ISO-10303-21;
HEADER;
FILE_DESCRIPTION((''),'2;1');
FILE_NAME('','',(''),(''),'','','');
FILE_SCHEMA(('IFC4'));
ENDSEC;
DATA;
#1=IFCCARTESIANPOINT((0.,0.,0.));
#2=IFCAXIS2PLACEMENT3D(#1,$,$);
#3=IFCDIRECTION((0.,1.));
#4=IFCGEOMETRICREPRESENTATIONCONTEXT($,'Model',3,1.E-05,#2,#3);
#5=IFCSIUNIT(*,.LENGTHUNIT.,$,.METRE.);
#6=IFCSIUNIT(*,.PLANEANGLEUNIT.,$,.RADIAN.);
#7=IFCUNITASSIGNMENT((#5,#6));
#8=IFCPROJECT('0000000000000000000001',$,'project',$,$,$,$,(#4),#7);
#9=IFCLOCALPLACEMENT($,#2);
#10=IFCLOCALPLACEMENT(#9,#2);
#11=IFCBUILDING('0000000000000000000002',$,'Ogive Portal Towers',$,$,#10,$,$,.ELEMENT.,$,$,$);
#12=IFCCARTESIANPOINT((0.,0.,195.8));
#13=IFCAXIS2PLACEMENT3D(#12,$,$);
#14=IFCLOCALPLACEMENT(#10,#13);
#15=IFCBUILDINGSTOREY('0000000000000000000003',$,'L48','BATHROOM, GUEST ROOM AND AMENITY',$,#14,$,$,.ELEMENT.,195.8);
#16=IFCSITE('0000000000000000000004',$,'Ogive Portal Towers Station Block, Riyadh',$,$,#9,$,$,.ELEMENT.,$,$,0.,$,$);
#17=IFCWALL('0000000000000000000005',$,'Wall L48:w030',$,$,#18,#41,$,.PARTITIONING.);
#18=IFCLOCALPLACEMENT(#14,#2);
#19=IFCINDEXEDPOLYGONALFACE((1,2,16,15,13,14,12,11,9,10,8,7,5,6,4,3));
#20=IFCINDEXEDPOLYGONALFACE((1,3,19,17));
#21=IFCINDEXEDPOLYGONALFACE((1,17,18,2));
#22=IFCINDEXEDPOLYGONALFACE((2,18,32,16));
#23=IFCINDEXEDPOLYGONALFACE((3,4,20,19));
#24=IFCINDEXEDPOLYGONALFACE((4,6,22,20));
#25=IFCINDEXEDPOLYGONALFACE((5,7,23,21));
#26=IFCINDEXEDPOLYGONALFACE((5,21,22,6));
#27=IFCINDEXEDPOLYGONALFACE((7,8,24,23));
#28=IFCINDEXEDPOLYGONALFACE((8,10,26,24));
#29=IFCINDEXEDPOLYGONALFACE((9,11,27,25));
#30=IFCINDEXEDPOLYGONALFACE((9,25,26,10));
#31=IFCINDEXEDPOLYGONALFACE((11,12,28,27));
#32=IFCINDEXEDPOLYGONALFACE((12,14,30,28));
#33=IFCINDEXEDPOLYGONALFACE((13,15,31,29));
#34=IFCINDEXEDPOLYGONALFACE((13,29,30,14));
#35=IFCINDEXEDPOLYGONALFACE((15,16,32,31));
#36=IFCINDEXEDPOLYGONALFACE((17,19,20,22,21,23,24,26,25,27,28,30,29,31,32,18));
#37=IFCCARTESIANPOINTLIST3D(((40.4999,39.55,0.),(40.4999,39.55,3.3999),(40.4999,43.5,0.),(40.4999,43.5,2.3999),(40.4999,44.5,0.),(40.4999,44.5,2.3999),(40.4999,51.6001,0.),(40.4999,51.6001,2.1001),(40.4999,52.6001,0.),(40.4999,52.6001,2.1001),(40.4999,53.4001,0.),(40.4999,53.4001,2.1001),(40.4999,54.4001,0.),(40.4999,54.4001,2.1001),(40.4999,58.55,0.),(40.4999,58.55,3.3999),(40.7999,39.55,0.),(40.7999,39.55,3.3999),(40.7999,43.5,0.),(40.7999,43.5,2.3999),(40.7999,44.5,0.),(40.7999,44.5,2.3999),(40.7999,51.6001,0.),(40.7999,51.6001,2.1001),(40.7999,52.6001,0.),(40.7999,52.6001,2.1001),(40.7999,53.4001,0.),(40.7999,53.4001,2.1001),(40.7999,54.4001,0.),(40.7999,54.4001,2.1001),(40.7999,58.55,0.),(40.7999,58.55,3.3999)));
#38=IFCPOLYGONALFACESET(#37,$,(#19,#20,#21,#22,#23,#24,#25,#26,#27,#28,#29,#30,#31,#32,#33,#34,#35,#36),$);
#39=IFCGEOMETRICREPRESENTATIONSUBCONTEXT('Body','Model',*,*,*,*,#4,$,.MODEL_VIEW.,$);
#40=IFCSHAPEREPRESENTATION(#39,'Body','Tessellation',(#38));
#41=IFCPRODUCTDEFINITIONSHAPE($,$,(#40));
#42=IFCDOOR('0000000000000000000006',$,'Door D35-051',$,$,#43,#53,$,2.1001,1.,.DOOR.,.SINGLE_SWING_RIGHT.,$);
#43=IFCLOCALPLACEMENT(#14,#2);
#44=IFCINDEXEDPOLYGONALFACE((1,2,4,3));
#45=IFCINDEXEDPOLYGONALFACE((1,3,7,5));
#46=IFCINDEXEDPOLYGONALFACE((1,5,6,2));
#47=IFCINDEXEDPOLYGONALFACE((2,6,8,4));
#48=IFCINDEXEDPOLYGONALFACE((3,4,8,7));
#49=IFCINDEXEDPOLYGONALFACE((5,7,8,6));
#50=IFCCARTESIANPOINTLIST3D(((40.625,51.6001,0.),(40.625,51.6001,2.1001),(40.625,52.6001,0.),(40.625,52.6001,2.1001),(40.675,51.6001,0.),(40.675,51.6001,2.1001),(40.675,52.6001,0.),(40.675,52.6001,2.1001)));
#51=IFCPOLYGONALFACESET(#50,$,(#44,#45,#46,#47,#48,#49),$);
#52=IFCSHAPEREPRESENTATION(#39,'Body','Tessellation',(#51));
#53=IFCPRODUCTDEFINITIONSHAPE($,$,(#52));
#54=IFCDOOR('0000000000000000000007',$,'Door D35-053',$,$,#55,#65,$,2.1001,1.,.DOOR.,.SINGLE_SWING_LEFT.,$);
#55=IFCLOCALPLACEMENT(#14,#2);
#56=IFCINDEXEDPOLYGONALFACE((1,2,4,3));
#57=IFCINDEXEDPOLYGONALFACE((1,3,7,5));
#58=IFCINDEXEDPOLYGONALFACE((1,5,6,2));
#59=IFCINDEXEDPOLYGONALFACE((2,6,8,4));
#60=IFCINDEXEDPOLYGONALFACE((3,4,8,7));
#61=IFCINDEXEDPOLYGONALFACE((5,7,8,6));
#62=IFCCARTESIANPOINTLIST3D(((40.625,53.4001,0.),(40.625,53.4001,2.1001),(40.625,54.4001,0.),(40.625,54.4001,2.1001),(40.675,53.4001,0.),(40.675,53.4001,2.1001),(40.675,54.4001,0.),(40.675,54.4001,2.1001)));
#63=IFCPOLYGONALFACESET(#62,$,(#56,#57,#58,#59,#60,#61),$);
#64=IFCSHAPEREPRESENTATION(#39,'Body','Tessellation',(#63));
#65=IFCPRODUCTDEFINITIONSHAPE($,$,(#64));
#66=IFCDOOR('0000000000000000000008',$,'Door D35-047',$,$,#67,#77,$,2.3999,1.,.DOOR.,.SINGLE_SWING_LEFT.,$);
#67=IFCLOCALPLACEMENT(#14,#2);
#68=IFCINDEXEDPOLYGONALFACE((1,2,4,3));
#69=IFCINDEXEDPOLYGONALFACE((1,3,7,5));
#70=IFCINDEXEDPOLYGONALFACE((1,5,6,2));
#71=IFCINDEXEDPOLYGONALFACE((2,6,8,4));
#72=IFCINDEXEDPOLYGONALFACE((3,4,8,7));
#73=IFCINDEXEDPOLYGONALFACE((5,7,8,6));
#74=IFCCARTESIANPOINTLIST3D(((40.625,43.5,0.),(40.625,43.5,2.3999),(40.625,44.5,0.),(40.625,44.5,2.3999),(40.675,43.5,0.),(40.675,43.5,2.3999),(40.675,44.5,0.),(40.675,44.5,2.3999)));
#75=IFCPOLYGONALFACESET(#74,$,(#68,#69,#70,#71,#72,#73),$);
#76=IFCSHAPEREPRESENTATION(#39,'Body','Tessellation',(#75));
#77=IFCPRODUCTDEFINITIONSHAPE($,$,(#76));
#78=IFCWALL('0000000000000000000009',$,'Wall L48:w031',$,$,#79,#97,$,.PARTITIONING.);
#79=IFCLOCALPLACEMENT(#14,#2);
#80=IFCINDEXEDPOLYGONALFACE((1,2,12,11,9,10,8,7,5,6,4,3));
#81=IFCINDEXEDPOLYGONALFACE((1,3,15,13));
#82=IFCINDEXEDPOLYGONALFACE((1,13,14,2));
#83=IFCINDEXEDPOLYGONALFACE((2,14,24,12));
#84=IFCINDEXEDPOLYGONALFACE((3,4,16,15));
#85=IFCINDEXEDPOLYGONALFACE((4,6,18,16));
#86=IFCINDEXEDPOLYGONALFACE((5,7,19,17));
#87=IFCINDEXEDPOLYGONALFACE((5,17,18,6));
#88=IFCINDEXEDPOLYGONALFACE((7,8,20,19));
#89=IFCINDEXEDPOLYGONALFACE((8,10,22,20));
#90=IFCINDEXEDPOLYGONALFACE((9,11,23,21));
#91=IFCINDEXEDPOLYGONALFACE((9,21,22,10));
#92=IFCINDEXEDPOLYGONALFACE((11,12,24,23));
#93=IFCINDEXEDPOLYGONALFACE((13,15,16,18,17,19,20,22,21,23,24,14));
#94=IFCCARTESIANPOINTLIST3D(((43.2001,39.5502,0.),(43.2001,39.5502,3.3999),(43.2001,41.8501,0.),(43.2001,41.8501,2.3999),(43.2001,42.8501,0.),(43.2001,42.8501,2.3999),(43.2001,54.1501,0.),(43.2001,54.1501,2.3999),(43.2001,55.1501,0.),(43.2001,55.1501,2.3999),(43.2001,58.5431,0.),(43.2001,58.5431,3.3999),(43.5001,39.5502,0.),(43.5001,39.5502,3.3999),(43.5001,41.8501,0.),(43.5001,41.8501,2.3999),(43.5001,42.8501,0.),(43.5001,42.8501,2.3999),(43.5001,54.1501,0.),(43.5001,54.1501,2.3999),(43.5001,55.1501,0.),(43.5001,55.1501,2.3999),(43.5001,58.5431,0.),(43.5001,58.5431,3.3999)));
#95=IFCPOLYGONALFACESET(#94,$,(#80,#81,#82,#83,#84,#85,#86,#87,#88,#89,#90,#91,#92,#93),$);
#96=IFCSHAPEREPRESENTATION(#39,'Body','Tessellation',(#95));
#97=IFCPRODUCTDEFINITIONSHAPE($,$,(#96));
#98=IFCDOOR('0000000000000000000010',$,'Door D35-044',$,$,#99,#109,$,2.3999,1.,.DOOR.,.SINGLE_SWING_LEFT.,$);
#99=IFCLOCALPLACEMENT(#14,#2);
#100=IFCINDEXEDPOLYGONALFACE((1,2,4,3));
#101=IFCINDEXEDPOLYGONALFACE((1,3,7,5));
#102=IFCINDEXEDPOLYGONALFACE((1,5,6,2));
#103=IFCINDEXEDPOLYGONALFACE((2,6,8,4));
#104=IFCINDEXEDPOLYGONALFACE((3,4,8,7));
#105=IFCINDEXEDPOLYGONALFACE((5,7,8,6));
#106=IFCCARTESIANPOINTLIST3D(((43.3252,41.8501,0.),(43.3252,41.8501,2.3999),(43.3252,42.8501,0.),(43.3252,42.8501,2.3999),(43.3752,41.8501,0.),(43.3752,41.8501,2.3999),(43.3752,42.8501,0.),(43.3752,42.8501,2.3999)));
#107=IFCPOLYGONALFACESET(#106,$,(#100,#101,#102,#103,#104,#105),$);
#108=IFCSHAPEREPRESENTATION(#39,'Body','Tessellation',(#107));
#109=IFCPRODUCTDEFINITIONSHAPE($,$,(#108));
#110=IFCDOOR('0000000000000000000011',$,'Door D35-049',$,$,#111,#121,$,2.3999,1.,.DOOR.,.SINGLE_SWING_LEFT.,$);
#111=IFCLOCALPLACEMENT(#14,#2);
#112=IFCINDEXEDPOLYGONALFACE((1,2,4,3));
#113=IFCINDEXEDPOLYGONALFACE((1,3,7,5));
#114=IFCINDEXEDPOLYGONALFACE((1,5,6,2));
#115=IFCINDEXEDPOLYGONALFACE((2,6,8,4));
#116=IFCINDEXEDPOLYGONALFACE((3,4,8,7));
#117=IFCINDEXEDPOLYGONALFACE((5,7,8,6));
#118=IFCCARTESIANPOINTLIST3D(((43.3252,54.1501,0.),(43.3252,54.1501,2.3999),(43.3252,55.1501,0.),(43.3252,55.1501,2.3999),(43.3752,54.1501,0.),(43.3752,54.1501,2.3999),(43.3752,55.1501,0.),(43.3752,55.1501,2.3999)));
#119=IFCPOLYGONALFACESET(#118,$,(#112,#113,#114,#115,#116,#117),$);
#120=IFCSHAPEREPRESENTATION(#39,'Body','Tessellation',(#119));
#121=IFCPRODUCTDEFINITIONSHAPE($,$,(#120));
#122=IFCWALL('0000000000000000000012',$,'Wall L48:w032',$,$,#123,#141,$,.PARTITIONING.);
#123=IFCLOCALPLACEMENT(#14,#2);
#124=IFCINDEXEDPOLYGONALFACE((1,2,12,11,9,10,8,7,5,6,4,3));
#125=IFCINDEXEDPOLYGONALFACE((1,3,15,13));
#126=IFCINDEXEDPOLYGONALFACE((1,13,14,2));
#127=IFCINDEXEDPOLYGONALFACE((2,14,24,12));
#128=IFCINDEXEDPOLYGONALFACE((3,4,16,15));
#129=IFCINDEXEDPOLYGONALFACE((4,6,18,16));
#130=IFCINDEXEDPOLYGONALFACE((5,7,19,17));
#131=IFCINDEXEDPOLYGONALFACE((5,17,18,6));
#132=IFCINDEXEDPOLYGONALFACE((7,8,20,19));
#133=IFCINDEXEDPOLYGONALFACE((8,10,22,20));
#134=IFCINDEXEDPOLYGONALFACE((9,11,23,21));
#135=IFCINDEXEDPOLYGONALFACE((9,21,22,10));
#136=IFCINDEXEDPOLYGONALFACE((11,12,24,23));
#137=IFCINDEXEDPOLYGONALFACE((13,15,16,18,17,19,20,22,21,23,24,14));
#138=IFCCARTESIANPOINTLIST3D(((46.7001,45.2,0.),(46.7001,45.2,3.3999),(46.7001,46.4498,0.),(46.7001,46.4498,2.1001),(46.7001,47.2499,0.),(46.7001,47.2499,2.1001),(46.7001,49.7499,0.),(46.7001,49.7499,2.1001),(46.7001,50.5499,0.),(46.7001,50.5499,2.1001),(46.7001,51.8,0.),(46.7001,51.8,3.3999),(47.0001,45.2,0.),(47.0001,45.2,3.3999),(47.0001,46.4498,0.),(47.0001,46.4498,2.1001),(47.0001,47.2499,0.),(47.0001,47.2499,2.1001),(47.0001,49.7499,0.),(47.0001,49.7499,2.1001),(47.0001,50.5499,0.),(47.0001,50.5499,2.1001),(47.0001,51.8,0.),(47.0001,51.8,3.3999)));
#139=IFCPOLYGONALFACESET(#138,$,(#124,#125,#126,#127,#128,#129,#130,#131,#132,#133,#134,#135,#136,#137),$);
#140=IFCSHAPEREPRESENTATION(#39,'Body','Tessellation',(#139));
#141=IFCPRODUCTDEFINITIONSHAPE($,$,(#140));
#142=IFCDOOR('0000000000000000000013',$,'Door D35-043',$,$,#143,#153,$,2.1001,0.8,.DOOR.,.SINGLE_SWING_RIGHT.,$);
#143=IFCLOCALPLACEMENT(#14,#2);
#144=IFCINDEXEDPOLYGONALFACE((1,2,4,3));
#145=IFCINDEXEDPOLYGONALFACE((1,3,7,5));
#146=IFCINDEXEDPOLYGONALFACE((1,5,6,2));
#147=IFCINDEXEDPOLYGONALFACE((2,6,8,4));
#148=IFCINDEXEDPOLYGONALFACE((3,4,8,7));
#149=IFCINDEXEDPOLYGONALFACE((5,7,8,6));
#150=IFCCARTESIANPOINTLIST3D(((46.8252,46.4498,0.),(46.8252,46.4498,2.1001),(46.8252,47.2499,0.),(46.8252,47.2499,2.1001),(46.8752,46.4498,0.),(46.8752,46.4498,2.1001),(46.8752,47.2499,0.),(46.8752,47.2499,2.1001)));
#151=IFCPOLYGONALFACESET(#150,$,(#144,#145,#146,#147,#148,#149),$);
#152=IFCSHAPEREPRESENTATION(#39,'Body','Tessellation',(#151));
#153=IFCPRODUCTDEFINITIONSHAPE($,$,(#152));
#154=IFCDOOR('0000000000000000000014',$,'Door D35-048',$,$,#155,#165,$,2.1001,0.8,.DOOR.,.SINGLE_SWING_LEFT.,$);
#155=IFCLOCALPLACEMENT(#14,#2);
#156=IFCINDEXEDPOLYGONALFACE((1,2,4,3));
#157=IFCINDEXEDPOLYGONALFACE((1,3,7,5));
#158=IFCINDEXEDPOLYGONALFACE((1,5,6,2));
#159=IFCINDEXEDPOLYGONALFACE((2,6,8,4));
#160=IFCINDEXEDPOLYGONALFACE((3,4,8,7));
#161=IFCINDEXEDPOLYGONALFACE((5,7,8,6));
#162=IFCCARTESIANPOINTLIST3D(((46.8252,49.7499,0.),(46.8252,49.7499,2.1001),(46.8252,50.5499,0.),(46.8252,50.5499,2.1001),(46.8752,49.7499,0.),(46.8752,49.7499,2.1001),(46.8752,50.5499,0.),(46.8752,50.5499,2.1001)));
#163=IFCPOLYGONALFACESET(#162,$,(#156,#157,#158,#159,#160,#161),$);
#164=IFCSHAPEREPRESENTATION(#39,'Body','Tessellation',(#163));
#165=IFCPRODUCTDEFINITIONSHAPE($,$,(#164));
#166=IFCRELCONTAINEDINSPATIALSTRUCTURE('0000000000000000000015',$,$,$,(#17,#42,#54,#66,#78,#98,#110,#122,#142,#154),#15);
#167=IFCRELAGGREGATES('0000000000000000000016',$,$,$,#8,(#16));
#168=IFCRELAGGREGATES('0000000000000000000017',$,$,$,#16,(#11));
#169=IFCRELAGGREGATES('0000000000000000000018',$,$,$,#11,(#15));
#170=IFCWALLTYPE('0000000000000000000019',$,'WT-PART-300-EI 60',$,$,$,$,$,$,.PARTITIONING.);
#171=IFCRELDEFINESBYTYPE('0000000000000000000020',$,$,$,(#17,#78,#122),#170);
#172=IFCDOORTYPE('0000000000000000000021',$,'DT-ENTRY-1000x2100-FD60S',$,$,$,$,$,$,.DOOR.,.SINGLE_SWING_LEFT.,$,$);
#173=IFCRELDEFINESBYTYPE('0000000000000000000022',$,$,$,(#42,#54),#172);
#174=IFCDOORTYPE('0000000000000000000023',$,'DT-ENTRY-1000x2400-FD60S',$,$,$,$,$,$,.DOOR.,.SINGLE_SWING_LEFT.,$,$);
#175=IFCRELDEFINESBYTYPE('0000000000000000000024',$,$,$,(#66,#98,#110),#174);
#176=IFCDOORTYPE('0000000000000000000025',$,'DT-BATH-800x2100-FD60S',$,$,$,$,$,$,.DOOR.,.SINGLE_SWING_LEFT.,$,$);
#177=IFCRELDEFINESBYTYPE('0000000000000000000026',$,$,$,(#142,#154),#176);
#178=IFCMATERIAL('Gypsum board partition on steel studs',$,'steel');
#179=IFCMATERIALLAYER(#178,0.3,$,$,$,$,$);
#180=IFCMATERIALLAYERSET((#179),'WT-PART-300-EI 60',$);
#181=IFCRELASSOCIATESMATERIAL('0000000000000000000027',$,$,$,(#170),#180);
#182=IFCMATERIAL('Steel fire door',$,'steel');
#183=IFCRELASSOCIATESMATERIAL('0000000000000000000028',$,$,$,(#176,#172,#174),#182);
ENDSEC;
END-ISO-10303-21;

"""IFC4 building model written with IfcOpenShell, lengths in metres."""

from ifc_helpers import new_model, si_unit, direction, frame, frame_2d, origin, place, context, subcontext, project, spatial, rectangle, extrude, material, layer, layer_set, type_object, element, fill, save


model = new_model("IFC4")

# Units and contexts
model_context = context("Model", 3, precision=1e-05, world=origin(), true_north=direction((0.0, 1.0)))
body_context = subcontext(model_context, "Body", "Model", "MODEL_VIEW")
ifc_project = project(units=[si_unit("LENGTHUNIT", "METRE"), si_unit("PLANEANGLEUNIT", "RADIAN")], contexts=[model_context])

# Site, building, storey
site_placement = place(None, origin())
site = spatial("IfcSite", under=ifc_project, at=site_placement, Name="Ogive Portal Towers Station Block, Riyadh", CompositionType="ELEMENT", RefElevation=0.0)
building_placement = place(site_placement, origin())
building = spatial("IfcBuilding", under=site, at=building_placement, Name="Ogive Portal Towers", CompositionType="ELEMENT")
storey_placement = place(building_placement, frame((0.0, 0.0, 195.8)))
storey = spatial("IfcBuildingStorey", under=building, at=storey_placement, Name="L48", Description="BATHROOM, GUEST ROOM AND AMENITY", CompositionType="ELEMENT", Elevation=195.8)

# Shared definitions
ifc_material_1 = material(Name="Steel fire door", Category="steel")

# Shared definitions
ifc_material_2 = material(Name="Gypsum board partition on steel studs", Category="steel")
ifc_layer_1 = layer(ifc_material_2, 0.3)
ifc_layer_set_1 = layer_set([ifc_layer_1], Name="WT-PART-300-EI 60")
wall_type_1 = type_object("IfcWallType", Name="WT-PART-300-EI 60", PredefinedType="PARTITIONING", material=ifc_layer_set_1)

# Shared definitions
door_type_1 = type_object("IfcDoorType", Name="DT-BATH-800x2100-FD60S", OperationType="SINGLE_SWING_LEFT", PredefinedType="DOOR", material=ifc_material_1)

# Walls, openings, doors
wall_1_placement = place(storey_placement, frame((40.6499, 39.55, 0.0), z_axis=(0.0, 0.0, 1.0), x_axis=(0.0, 1.0, 0.0)))
wall_1 = element("IfcWall", 1, at=wall_1_placement, inside=storey, type_object=wall_type_1, Name="Wall L48:w030", PredefinedType="PARTITIONING", context=body_context, shape_type="SweptSolid", body=[
    extrude(rectangle(XDim=19.0, YDim=0.3, at=frame_2d((9.5, 0.0))), origin(), (0.0, 0.0, 1.0), 3.3999),
])
opening_1_placement = place(wall_1_placement, frame((3.95, 0.0, 0.0)))
opening_1 = element("IfcOpeningElement", 2, at=opening_1_placement, cuts=wall_1, PredefinedType="OPENING", context=body_context, shape_type="SweptSolid", body=[
    extrude(rectangle(XDim=1.0, YDim=2.3999, at=frame_2d((0.5, 1.2))), frame((0.0, 0.1602, 0.0), z_axis=(0.0, -1.0, 0.0), x_axis=(1.0, 0.0, 0.0)), (0.0, 0.0, 1.0), 0.3201),
])
opening_2_placement = place(wall_1_placement, frame((12.05, 0.0, 0.0)))
opening_2 = element("IfcOpeningElement", 3, at=opening_2_placement, cuts=wall_1, PredefinedType="OPENING", context=body_context, shape_type="SweptSolid", body=[
    extrude(rectangle(XDim=1.0, YDim=2.1001, at=frame_2d((0.5, 1.05))), frame((0.0, 0.1602, 0.0), z_axis=(0.0, -1.0, 0.0), x_axis=(1.0, 0.0, 0.0)), (0.0, 0.0, 1.0), 0.3201),
])
opening_3_placement = place(wall_1_placement, frame((13.8501, 0.0, 0.0)))
opening_3 = element("IfcOpeningElement", 4, at=opening_3_placement, cuts=wall_1, PredefinedType="OPENING", context=body_context, shape_type="SweptSolid", body=[
    extrude(rectangle(XDim=1.0, YDim=2.1001, at=frame_2d((0.5, 1.05))), frame((0.0, 0.1602, 0.0), z_axis=(0.0, -1.0, 0.0), x_axis=(1.0, 0.0, 0.0)), (0.0, 0.0, 1.0), 0.3201),
])
door_type_2 = type_object("IfcDoorType", Name="DT-ENTRY-1000x2100-FD60S", OperationType="SINGLE_SWING_LEFT", PredefinedType="DOOR", material=ifc_material_1)
door_1_placement = place(opening_2_placement, origin())
door_1 = element("IfcDoor", 5, at=door_1_placement, inside=storey, type_object=door_type_2, Name="Door D35-051", OperationType="SINGLE_SWING_RIGHT", OverallHeight=2.1001, OverallWidth=1.0, PredefinedType="DOOR", context=body_context, shape_type="SweptSolid", body=[
    extrude(rectangle(XDim=1.0, YDim=2.1001, at=frame_2d((0.5, 1.05))), frame((0.0, 0.0249, 0.0), z_axis=(0.0, -1.0, 0.0), x_axis=(1.0, 0.0, 0.0)), (0.0, 0.0, 1.0), 0.05),
])
fill(opening_2, door_1)
door_2_placement = place(opening_3_placement, origin())
door_2 = element("IfcDoor", 6, at=door_2_placement, inside=storey, type_object=door_type_2, Name="Door D35-053", OperationType="SINGLE_SWING_LEFT", OverallHeight=2.1001, OverallWidth=1.0, PredefinedType="DOOR", context=body_context, shape_type="SweptSolid", body=[
    extrude(rectangle(XDim=1.0, YDim=2.1001, at=frame_2d((0.5, 1.05))), frame((0.0, 0.0249, 0.0), z_axis=(0.0, -1.0, 0.0), x_axis=(1.0, 0.0, 0.0)), (0.0, 0.0, 1.0), 0.05),
])
fill(opening_3, door_2)
door_type_3 = type_object("IfcDoorType", Name="DT-ENTRY-1000x2400-FD60S", OperationType="SINGLE_SWING_LEFT", PredefinedType="DOOR", material=ifc_material_1)
door_3_placement = place(opening_1_placement, origin())
door_3 = element("IfcDoor", 7, at=door_3_placement, inside=storey, type_object=door_type_3, Name="Door D35-047", OperationType="SINGLE_SWING_LEFT", OverallHeight=2.3999, OverallWidth=1.0, PredefinedType="DOOR", context=body_context, shape_type="SweptSolid", body=[
    extrude(rectangle(XDim=1.0, YDim=2.3999, at=frame_2d((0.5, 1.2))), frame((0.0, 0.0249, 0.0), z_axis=(0.0, -1.0, 0.0), x_axis=(1.0, 0.0, 0.0)), (0.0, 0.0, 1.0), 0.05),
])
fill(opening_1, door_3)
wall_2_placement = place(storey_placement, frame((43.3501, 39.55, 0.0), z_axis=(0.0, 0.0, 1.0), x_axis=(0.0, 1.0, 0.0)))
wall_2 = element("IfcWall", 8, at=wall_2_placement, inside=storey, type_object=wall_type_1, Name="Wall L48:w031", PredefinedType="PARTITIONING", context=body_context, shape_type="SweptSolid", body=[
    extrude(rectangle(XDim=18.9929, YDim=0.3, at=frame_2d((9.4966, 0.0))), origin(), (0.0, 0.0, 1.0), 3.3999),
])
opening_4_placement = place(wall_2_placement, frame((2.3, 0.0, 0.0)))
opening_4 = element("IfcOpeningElement", 9, at=opening_4_placement, cuts=wall_2, PredefinedType="OPENING", context=body_context, shape_type="SweptSolid", body=[
    extrude(rectangle(XDim=1.0, YDim=2.3999, at=frame_2d((0.5, 1.2))), frame((0.0, 0.1602, 0.0), z_axis=(0.0, -1.0, 0.0), x_axis=(1.0, 0.0, 0.0)), (0.0, 0.0, 1.0), 0.3201),
])
opening_5_placement = place(wall_2_placement, frame((14.6001, 0.0, 0.0)))
opening_5 = element("IfcOpeningElement", 10, at=opening_5_placement, cuts=wall_2, PredefinedType="OPENING", context=body_context, shape_type="SweptSolid", body=[
    extrude(rectangle(XDim=1.0, YDim=2.3999, at=frame_2d((0.5, 1.2))), frame((0.0, 0.1602, 0.0), z_axis=(0.0, -1.0, 0.0), x_axis=(1.0, 0.0, 0.0)), (0.0, 0.0, 1.0), 0.3201),
])
door_4_placement = place(opening_4_placement, origin())
door_4 = element("IfcDoor", 11, at=door_4_placement, inside=storey, type_object=door_type_3, Name="Door D35-044", OperationType="SINGLE_SWING_LEFT", OverallHeight=2.3999, OverallWidth=1.0, PredefinedType="DOOR", context=body_context, shape_type="SweptSolid", body=[
    extrude(rectangle(XDim=1.0, YDim=2.3999, at=frame_2d((0.5, 1.2))), frame((0.0, 0.0249, 0.0), z_axis=(0.0, -1.0, 0.0), x_axis=(1.0, 0.0, 0.0)), (0.0, 0.0, 1.0), 0.05),
])
fill(opening_4, door_4)
door_5_placement = place(opening_5_placement, origin())
door_5 = element("IfcDoor", 12, at=door_5_placement, inside=storey, type_object=door_type_3, Name="Door D35-049", OperationType="SINGLE_SWING_LEFT", OverallHeight=2.3999, OverallWidth=1.0, PredefinedType="DOOR", context=body_context, shape_type="SweptSolid", body=[
    extrude(rectangle(XDim=1.0, YDim=2.3999, at=frame_2d((0.5, 1.2))), frame((0.0, 0.0249, 0.0), z_axis=(0.0, -1.0, 0.0), x_axis=(1.0, 0.0, 0.0)), (0.0, 0.0, 1.0), 0.05),
])
fill(opening_5, door_5)
wall_3_placement = place(storey_placement, frame((46.8501, 45.2, 0.0), z_axis=(0.0, 0.0, 1.0), x_axis=(0.0, 1.0, 0.0)))
wall_3 = element("IfcWall", 13, at=wall_3_placement, inside=storey, type_object=wall_type_1, Name="Wall L48:w032", PredefinedType="PARTITIONING", context=body_context, shape_type="SweptSolid", body=[
    extrude(rectangle(XDim=6.6001, YDim=0.3, at=frame_2d((3.3, 0.0))), origin(), (0.0, 0.0, 1.0), 3.3999),
])
opening_6_placement = place(wall_3_placement, frame((1.25, 0.0, 0.0)))
opening_6 = element("IfcOpeningElement", 14, at=opening_6_placement, cuts=wall_3, PredefinedType="OPENING", context=body_context, shape_type="SweptSolid", body=[
    extrude(rectangle(XDim=0.8, YDim=2.1001, at=frame_2d((0.3999, 1.05))), frame((0.0, 0.1602, 0.0), z_axis=(0.0, -1.0, 0.0), x_axis=(1.0, 0.0, 0.0)), (0.0, 0.0, 1.0), 0.3201),
])
opening_7_placement = place(wall_3_placement, frame((4.55, 0.0, 0.0)))
opening_7 = element("IfcOpeningElement", 15, at=opening_7_placement, cuts=wall_3, PredefinedType="OPENING", context=body_context, shape_type="SweptSolid", body=[
    extrude(rectangle(XDim=0.8, YDim=2.1001, at=frame_2d((0.3999, 1.05))), frame((0.0, 0.1602, 0.0), z_axis=(0.0, -1.0, 0.0), x_axis=(1.0, 0.0, 0.0)), (0.0, 0.0, 1.0), 0.3201),
])
door_6_placement = place(opening_6_placement, origin())
door_6 = element("IfcDoor", 16, at=door_6_placement, inside=storey, type_object=door_type_1, Name="Door D35-043", OperationType="SINGLE_SWING_RIGHT", OverallHeight=2.1001, OverallWidth=0.8, PredefinedType="DOOR", context=body_context, shape_type="SweptSolid", body=[
    extrude(rectangle(XDim=0.8, YDim=2.1001, at=frame_2d((0.3999, 1.05))), frame((0.0, 0.0249, 0.0), z_axis=(0.0, -1.0, 0.0), x_axis=(1.0, 0.0, 0.0)), (0.0, 0.0, 1.0), 0.05),
])
fill(opening_6, door_6)
door_7_placement = place(opening_7_placement, origin())
door_7 = element("IfcDoor", 17, at=door_7_placement, inside=storey, type_object=door_type_1, Name="Door D35-048", OperationType="SINGLE_SWING_LEFT", OverallHeight=2.1001, OverallWidth=0.8, PredefinedType="DOOR", context=body_context, shape_type="SweptSolid", body=[
    extrude(rectangle(XDim=0.8, YDim=2.1001, at=frame_2d((0.3999, 1.05))), frame((0.0, 0.0249, 0.0), z_axis=(0.0, -1.0, 0.0), x_axis=(1.0, 0.0, 0.0)), (0.0, 0.0, 1.0), 0.05),
])
fill(opening_7, door_7)

save(model, "model.ifc")
